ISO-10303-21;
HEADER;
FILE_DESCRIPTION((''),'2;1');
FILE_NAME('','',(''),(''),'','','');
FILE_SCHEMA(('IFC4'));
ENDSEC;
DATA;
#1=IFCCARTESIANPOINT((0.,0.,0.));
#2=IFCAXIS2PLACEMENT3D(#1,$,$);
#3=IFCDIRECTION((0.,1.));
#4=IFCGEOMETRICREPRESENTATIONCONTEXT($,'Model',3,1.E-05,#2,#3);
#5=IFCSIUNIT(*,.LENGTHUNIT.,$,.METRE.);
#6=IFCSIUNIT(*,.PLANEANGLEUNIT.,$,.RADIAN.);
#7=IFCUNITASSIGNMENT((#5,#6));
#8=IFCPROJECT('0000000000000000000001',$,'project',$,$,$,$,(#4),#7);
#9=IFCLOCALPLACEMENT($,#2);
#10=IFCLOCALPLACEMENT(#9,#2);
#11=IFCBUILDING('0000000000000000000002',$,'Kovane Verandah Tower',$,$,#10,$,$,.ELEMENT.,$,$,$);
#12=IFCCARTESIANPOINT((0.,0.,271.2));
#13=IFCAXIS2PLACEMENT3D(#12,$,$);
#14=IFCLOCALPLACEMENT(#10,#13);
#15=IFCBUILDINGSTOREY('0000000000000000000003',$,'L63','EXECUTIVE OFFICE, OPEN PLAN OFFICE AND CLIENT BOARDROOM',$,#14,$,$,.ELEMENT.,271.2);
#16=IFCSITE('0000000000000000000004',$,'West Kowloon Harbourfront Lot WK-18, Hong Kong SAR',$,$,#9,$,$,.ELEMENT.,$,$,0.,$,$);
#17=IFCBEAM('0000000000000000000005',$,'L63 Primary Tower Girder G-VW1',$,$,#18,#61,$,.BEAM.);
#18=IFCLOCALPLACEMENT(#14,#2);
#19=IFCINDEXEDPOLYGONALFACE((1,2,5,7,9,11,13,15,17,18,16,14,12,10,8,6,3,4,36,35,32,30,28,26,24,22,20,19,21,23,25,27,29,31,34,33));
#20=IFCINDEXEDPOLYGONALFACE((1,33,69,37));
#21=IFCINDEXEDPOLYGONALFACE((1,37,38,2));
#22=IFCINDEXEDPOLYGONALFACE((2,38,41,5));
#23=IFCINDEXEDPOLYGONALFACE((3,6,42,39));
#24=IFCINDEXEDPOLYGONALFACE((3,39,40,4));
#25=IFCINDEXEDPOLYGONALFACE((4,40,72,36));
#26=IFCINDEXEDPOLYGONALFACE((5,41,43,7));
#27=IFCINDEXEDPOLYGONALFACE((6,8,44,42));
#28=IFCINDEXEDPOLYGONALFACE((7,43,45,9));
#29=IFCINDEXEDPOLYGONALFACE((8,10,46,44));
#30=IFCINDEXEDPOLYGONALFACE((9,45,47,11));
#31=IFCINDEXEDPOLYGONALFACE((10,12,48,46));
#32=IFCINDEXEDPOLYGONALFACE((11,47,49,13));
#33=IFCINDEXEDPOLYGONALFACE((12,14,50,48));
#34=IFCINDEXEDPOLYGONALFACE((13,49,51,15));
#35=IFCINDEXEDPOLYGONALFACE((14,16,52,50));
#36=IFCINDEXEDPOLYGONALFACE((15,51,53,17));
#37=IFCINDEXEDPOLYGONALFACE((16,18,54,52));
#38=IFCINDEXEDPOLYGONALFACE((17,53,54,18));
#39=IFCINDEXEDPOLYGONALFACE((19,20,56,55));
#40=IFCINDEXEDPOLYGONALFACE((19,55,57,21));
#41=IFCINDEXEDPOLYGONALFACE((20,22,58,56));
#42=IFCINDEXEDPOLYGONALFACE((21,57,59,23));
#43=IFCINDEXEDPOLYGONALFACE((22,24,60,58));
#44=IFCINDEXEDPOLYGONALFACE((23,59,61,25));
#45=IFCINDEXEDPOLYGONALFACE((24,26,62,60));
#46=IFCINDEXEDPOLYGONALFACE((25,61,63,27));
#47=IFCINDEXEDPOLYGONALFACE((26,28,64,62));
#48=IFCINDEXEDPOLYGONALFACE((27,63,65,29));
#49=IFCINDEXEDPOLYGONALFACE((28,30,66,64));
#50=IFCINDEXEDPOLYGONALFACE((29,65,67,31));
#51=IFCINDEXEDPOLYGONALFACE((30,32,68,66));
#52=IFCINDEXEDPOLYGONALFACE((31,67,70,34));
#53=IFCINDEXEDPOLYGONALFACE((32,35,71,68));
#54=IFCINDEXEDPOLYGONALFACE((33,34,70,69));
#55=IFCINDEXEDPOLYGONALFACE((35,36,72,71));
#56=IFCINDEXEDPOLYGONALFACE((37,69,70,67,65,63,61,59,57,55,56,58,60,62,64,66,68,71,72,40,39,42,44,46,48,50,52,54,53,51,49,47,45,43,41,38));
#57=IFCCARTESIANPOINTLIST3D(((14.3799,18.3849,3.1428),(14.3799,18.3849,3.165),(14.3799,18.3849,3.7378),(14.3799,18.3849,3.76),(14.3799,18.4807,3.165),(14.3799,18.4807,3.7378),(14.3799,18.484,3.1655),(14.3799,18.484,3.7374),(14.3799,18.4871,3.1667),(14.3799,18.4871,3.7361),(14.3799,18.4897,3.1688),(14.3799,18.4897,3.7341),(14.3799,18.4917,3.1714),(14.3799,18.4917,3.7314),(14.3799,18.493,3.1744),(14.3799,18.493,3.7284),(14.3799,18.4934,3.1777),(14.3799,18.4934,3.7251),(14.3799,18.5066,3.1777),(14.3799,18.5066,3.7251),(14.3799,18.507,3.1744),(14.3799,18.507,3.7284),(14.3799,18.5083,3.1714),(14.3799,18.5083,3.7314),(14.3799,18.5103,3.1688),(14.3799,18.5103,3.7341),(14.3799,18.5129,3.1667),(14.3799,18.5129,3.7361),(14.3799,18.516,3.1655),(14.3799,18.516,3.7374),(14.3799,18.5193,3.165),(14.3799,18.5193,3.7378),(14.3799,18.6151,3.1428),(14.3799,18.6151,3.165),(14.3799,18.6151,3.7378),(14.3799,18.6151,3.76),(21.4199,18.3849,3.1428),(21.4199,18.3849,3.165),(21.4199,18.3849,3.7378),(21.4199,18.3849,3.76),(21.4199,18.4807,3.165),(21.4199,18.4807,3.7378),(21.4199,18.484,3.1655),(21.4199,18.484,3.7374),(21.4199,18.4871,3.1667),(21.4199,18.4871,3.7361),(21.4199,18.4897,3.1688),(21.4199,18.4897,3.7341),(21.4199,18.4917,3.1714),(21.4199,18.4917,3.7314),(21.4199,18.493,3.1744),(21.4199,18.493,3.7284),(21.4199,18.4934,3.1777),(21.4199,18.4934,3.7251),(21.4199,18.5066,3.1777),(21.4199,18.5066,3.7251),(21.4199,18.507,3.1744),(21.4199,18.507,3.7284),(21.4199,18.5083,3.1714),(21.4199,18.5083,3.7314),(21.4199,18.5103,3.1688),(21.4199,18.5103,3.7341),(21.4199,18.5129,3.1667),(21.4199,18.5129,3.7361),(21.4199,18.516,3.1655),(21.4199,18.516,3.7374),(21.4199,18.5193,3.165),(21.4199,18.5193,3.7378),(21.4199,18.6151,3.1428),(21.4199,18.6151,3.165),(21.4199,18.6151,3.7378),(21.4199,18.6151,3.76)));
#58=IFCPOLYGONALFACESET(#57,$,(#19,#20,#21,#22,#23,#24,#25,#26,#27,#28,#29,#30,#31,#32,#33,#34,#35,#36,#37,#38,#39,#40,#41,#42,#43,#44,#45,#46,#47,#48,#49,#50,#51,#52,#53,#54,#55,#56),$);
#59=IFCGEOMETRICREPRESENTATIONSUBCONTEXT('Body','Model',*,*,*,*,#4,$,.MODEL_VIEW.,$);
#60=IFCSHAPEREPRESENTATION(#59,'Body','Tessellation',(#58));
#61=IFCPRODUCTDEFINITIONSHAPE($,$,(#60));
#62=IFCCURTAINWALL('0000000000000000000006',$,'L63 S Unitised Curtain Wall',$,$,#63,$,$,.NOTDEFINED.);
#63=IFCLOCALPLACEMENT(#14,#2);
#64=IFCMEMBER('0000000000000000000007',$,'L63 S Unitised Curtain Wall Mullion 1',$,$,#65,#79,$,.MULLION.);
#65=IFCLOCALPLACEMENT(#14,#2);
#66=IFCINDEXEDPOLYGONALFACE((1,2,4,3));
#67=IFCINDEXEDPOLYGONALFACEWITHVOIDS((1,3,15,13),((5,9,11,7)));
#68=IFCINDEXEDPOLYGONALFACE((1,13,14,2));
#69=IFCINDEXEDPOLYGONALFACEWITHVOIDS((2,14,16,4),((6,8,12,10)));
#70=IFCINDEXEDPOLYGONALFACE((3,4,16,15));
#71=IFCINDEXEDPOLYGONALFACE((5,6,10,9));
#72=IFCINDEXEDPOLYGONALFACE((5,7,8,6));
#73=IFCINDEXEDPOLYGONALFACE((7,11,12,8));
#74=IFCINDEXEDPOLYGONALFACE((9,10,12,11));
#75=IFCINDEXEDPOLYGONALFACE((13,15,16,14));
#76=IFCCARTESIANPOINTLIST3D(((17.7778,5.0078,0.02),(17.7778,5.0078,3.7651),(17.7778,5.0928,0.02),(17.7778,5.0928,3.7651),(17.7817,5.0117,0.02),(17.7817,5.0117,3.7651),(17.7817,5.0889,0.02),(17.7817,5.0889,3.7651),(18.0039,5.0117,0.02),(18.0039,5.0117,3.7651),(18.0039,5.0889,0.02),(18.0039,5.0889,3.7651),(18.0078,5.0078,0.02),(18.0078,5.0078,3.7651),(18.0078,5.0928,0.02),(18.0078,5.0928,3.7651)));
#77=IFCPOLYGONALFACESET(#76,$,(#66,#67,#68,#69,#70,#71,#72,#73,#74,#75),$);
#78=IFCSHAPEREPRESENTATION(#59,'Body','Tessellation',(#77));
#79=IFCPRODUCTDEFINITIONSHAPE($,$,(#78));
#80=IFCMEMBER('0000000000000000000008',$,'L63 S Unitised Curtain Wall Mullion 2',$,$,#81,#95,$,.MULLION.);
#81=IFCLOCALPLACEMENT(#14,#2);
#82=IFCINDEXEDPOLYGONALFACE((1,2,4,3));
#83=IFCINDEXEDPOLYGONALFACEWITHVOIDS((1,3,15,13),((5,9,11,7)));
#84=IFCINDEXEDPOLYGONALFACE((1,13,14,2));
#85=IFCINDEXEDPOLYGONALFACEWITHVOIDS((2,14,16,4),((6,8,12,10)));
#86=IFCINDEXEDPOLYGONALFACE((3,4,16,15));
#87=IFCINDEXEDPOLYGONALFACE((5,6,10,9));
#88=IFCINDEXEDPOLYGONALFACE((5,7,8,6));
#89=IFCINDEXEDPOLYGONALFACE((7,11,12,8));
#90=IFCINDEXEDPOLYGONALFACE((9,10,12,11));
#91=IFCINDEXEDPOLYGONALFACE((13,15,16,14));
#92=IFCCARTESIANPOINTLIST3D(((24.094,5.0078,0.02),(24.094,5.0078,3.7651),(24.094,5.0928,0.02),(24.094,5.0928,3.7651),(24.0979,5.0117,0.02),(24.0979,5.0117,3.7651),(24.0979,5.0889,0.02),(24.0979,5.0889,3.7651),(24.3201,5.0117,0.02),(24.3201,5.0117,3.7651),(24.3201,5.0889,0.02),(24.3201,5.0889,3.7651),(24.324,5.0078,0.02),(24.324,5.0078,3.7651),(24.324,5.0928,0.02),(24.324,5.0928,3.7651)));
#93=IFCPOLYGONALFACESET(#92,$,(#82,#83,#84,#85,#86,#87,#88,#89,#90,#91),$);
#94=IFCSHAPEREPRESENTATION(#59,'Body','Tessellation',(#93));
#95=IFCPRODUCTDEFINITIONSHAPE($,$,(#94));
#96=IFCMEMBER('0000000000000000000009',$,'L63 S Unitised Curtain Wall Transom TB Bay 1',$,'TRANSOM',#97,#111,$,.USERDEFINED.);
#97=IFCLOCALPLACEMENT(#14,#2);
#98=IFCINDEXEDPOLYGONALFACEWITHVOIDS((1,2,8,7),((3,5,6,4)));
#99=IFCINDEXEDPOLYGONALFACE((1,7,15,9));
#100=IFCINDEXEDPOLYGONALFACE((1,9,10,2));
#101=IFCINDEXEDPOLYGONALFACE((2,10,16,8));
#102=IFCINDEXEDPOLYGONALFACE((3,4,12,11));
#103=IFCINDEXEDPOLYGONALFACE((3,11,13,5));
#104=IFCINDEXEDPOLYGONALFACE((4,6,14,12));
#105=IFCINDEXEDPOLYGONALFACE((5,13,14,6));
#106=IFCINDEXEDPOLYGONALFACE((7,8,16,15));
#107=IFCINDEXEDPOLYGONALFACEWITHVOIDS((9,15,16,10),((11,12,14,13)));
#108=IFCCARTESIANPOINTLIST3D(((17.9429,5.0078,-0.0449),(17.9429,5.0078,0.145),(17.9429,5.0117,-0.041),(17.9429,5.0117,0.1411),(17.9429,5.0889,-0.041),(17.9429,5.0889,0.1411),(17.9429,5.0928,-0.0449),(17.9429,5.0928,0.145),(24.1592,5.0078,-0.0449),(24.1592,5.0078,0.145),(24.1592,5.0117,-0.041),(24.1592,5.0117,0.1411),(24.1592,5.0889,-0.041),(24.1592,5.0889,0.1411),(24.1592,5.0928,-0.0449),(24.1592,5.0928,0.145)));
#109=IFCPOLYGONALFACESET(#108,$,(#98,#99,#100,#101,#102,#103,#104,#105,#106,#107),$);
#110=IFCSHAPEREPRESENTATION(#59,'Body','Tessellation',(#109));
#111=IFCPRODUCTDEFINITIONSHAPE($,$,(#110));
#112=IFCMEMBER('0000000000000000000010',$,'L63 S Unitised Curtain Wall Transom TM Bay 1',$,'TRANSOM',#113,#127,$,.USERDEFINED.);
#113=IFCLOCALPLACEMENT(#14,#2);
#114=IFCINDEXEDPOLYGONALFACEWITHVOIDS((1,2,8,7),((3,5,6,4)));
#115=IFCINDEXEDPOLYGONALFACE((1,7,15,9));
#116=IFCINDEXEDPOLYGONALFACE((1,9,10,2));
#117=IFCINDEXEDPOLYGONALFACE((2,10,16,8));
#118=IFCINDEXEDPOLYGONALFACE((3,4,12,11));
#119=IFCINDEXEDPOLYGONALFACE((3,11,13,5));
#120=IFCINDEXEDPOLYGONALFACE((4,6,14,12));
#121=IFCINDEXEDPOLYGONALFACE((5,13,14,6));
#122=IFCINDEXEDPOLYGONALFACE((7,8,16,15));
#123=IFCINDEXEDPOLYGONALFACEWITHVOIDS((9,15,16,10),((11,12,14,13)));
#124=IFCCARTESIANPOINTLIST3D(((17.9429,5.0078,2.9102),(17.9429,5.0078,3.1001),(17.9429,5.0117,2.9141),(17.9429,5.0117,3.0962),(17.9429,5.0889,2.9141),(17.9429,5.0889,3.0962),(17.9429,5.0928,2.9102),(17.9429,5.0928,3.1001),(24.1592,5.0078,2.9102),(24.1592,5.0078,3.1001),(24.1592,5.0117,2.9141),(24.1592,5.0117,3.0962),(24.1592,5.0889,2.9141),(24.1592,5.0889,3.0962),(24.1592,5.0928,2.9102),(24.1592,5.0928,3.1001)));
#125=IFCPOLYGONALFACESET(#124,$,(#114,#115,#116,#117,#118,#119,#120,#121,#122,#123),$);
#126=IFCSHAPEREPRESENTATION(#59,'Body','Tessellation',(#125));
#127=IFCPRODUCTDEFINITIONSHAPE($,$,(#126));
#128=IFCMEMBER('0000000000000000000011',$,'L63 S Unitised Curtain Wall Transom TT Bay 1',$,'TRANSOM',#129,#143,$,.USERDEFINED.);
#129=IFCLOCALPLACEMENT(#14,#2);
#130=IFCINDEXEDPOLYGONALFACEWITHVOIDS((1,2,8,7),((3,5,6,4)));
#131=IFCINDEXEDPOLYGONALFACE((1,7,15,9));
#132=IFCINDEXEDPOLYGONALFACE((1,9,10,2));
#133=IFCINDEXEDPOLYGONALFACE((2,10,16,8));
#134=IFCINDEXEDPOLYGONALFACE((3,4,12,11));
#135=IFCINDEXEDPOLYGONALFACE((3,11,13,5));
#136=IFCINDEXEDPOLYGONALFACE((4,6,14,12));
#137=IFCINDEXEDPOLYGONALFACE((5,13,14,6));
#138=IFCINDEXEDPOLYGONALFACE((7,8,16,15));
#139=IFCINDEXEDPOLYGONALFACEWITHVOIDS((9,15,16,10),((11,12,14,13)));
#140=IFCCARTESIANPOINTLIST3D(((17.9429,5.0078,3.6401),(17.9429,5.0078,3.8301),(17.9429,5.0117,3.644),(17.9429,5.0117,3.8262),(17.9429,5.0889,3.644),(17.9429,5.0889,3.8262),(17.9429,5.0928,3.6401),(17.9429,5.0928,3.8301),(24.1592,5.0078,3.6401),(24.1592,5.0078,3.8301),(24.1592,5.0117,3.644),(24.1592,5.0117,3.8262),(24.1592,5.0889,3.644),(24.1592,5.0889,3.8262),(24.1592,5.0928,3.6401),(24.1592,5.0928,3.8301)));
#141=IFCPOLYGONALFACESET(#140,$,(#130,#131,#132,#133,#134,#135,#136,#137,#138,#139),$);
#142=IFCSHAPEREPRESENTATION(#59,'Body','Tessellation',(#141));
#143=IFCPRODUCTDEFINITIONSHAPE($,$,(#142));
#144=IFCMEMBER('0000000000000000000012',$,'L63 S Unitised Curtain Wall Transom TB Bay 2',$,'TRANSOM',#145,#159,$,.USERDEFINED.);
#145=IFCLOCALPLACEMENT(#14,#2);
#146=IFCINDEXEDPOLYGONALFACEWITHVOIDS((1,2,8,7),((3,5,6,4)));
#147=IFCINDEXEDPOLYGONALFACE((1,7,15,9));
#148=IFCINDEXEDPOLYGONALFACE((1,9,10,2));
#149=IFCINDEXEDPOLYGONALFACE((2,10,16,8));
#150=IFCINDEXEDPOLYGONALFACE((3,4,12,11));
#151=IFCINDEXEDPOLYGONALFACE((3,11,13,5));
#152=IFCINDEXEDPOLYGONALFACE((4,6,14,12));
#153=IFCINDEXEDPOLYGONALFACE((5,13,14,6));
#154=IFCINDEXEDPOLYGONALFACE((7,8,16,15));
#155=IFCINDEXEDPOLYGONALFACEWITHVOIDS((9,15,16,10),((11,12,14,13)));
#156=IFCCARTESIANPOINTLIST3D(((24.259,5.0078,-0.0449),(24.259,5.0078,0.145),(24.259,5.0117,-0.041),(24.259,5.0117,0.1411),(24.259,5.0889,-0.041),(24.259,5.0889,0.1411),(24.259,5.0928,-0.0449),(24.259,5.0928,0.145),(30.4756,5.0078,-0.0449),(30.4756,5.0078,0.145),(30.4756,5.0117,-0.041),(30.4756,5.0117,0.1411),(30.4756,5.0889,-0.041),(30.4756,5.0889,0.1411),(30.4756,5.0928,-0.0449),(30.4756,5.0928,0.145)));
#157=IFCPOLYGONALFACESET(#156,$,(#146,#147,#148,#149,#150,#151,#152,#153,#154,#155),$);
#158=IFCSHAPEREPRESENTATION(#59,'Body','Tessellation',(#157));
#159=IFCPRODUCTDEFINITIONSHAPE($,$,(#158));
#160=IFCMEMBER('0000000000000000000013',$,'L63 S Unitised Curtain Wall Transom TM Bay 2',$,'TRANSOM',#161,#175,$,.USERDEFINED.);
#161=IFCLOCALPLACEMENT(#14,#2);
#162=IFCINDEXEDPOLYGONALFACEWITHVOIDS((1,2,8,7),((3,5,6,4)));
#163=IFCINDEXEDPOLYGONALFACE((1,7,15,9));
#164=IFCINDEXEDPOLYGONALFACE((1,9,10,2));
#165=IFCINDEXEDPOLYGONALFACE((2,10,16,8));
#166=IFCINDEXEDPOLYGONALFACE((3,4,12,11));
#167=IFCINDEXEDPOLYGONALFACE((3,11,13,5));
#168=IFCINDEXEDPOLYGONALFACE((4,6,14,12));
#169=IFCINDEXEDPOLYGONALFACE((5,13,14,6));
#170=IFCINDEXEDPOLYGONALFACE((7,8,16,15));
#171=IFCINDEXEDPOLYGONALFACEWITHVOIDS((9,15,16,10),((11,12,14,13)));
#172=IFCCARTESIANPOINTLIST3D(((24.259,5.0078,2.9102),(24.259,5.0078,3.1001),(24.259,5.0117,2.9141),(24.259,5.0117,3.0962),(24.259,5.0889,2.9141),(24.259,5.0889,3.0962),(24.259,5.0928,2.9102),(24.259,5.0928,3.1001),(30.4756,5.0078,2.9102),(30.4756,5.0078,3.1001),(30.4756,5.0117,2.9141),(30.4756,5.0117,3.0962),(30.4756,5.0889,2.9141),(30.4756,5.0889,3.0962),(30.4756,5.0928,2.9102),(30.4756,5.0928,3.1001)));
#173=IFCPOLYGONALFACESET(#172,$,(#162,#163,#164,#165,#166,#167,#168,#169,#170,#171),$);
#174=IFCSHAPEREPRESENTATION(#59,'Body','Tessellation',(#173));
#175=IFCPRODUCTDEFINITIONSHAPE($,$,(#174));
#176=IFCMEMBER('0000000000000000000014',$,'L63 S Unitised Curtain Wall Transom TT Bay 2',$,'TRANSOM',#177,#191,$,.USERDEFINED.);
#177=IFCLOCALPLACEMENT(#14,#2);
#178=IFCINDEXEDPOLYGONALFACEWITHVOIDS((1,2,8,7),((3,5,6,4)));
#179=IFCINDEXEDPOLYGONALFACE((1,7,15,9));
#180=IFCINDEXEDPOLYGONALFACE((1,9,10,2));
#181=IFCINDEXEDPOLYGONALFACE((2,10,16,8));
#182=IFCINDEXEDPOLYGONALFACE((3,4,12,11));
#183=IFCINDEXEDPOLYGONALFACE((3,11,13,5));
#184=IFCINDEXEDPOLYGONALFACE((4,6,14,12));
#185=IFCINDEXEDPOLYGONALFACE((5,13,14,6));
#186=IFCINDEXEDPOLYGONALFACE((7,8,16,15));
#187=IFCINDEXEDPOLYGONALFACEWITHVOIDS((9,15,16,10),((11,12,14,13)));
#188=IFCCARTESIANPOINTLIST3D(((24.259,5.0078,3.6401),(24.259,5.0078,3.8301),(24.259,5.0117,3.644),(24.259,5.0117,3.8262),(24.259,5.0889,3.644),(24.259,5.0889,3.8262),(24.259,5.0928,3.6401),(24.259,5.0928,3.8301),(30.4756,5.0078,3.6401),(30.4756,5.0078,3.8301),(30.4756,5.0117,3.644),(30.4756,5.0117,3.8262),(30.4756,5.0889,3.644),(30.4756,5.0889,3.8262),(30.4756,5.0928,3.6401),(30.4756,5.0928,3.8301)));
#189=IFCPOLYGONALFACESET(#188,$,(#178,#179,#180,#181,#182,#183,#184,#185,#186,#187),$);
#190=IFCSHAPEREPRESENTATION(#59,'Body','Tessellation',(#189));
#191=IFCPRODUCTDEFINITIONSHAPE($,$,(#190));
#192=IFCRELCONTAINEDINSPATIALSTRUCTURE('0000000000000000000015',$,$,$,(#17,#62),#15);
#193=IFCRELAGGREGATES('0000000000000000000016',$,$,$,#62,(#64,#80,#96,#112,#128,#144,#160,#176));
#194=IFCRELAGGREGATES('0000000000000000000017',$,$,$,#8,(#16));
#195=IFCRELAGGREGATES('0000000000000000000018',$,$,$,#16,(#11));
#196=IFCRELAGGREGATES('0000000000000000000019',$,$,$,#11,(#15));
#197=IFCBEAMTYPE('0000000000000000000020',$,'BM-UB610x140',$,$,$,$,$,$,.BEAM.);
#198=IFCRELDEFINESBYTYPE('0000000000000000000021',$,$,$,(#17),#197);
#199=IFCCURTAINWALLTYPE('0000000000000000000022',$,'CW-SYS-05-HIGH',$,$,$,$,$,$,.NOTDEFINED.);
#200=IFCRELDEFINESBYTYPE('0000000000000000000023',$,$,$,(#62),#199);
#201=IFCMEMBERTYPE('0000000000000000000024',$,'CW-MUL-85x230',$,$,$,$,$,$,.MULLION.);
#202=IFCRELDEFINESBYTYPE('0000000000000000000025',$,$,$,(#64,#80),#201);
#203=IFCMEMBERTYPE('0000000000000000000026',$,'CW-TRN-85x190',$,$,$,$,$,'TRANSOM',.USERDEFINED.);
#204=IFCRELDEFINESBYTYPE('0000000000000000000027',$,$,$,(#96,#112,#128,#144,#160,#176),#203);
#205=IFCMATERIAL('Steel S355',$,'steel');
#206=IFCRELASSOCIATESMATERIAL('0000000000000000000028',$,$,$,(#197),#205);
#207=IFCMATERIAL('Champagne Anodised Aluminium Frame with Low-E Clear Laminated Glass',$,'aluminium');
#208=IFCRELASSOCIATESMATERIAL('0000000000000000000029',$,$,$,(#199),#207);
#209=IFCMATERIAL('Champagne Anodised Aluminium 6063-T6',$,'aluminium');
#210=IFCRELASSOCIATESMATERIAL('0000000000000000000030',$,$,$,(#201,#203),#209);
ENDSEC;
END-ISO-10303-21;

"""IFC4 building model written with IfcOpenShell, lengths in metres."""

from ifc_helpers import new_model, si_unit, direction, frame, origin, origin_2d, place, context, subcontext, project, spatial, hollow_rectangle, i_section, extrude, material, material_profile, profile_set, type_object, element, aggregate, save


model = new_model("IFC4")

# Units and contexts
model_context = context("Model", 3, precision=1e-05, world=origin(), true_north=direction((0.0, 1.0)))
body_context = subcontext(model_context, "Body", "Model", "MODEL_VIEW")
ifc_project = project(units=[si_unit("LENGTHUNIT", "METRE"), si_unit("PLANEANGLEUNIT", "RADIAN")], contexts=[model_context])

# Site, building, storey
site_placement = place(None, origin())
site = spatial("IfcSite", under=ifc_project, at=site_placement, Name="West Kowloon Harbourfront Lot WK-18, Hong Kong SAR", CompositionType="ELEMENT", RefElevation=0.0)
building_placement = place(site_placement, origin())
building = spatial("IfcBuilding", under=site, at=building_placement, Name="Kovane Verandah Tower", CompositionType="ELEMENT")
storey_placement = place(building_placement, frame((0.0, 0.0, 271.2)))
storey = spatial("IfcBuildingStorey", under=building, at=storey_placement, Name="L63", Description="EXECUTIVE OFFICE, OPEN PLAN OFFICE AND CLIENT BOARDROOM", CompositionType="ELEMENT", Elevation=271.2)

# Beam
ifc_material_1 = material(Name="Steel S355", Category="steel")
ifc_material_profile_1 = material_profile(ifc_material_1, i_section(OverallWidth=0.2302, OverallDepth=0.6172, WebThickness=0.0132, FlangeThickness=0.0222, FilletRadius=0.0127, at=origin_2d()), Name="UB610x229x140")
ifc_profile_set_1 = profile_set([ifc_material_profile_1], Name="Steel S355")
beam_type_1 = type_object("IfcBeamType", Name="BM-UB610x140", PredefinedType="BEAM", material=ifc_profile_set_1)
beam_1_placement = place(storey_placement, frame((21.4199, 18.5, 3.4514), z_axis=(-1.0, 0.0, 0.0), x_axis=(0.0, -1.0, 0.0)))
element("IfcBeam", 1, at=beam_1_placement, inside=storey, type_object=beam_type_1, Name="L63 Primary Tower Girder G-VW1", PredefinedType="BEAM", context=body_context, shape_type="SweptSolid", body=[
    extrude(i_section(OverallWidth=0.2302, OverallDepth=0.6172, WebThickness=0.0132, FlangeThickness=0.0222, FilletRadius=0.0127, at=origin_2d()), origin(), (0.0, 0.0, 1.0), 7.04),
])

# Curtain wall, members
ifc_material_2 = material(Name="Champagne Anodised Aluminium Frame with Low-E Clear Laminated Glass", Category="aluminium")
curtain_wall_type = type_object("IfcCurtainWallType", Name="CW-SYS-05-HIGH", PredefinedType="NOTDEFINED", material=ifc_material_2)
curtain_wall_placement = place(storey_placement, origin())
curtain_wall = element("IfcCurtainWall", 2, at=curtain_wall_placement, inside=storey, type_object=curtain_wall_type, Name="L63 S Unitised Curtain Wall", PredefinedType="NOTDEFINED")
ifc_material_3 = material(Name="Champagne Anodised Aluminium 6063-T6", Category="aluminium")
ifc_material_profile_2 = material_profile(ifc_material_3, hollow_rectangle(XDim=0.085, YDim=0.23, WallThickness=0.0039, at=origin_2d()), Name="AL85x230x4")
ifc_profile_set_2 = profile_set([ifc_material_profile_2], Name="Champagne Anodised Aluminium 6063-T6")
member_type_1 = type_object("IfcMemberType", Name="CW-MUL-85x230", PredefinedType="MULLION", material=ifc_profile_set_2)
member_1_placement = place(storey_placement, frame((17.8928, 5.0503, 0.02), z_axis=(0.0, 0.0, 1.0), x_axis=(0.0, -1.0, 0.0)))
member_1 = element("IfcMember", 3, at=member_1_placement, type_object=member_type_1, Name="L63 S Unitised Curtain Wall Mullion 1", PredefinedType="MULLION", context=body_context, shape_type="SweptSolid", body=[
    extrude(hollow_rectangle(XDim=0.085, YDim=0.23, WallThickness=0.0039, at=origin_2d()), origin(), (0.0, 0.0, 1.0), 3.7451),
])
member_2_placement = place(storey_placement, frame((24.209, 5.0503, 0.02), z_axis=(0.0, 0.0, 1.0), x_axis=(0.0, -1.0, 0.0)))
member_2 = element("IfcMember", 4, at=member_2_placement, type_object=member_type_1, Name="L63 S Unitised Curtain Wall Mullion 2", PredefinedType="MULLION", context=body_context, shape_type="SweptSolid", body=[
    extrude(hollow_rectangle(XDim=0.085, YDim=0.23, WallThickness=0.0039, at=origin_2d()), origin(), (0.0, 0.0, 1.0), 3.7451),
])
ifc_material_profile_3 = material_profile(ifc_material_3, hollow_rectangle(XDim=0.085, YDim=0.1899, WallThickness=0.0039, at=origin_2d()), Name="AL85x190x4")
ifc_profile_set_3 = profile_set([ifc_material_profile_3], Name="Champagne Anodised Aluminium 6063-T6")
member_type_2 = type_object("IfcMemberType", Name="CW-TRN-85x190", ElementType="TRANSOM", PredefinedType="USERDEFINED", material=ifc_profile_set_3)
member_3_placement = place(storey_placement, frame((17.9429, 5.0503, 0.05), z_axis=(1.0, 0.0, 0.0), x_axis=(0.0, 1.0, 0.0)))
member_3 = element("IfcMember", 5, at=member_3_placement, type_object=member_type_2, Name="L63 S Unitised Curtain Wall Transom TB Bay 1", ObjectType="TRANSOM", PredefinedType="USERDEFINED", context=body_context, shape_type="SweptSolid", body=[
    extrude(hollow_rectangle(XDim=0.085, YDim=0.1899, WallThickness=0.0039, at=origin_2d()), origin(), (0.0, 0.0, 1.0), 6.2163),
])
member_4_placement = place(storey_placement, frame((17.9429, 5.0503, 3.0051), z_axis=(1.0, 0.0, 0.0), x_axis=(0.0, 1.0, 0.0)))
member_4 = element("IfcMember", 6, at=member_4_placement, type_object=member_type_2, Name="L63 S Unitised Curtain Wall Transom TM Bay 1", ObjectType="TRANSOM", PredefinedType="USERDEFINED", context=body_context, shape_type="SweptSolid", body=[
    extrude(hollow_rectangle(XDim=0.085, YDim=0.1899, WallThickness=0.0039, at=origin_2d()), origin(), (0.0, 0.0, 1.0), 6.2163),
])
member_5_placement = place(storey_placement, frame((17.9429, 5.0503, 3.7351), z_axis=(1.0, 0.0, 0.0), x_axis=(0.0, 1.0, 0.0)))
member_5 = element("IfcMember", 7, at=member_5_placement, type_object=member_type_2, Name="L63 S Unitised Curtain Wall Transom TT Bay 1", ObjectType="TRANSOM", PredefinedType="USERDEFINED", context=body_context, shape_type="SweptSolid", body=[
    extrude(hollow_rectangle(XDim=0.085, YDim=0.1899, WallThickness=0.0039, at=origin_2d()), origin(), (0.0, 0.0, 1.0), 6.2163),
])
member_6_placement = place(storey_placement, frame((24.259, 5.0503, 0.05), z_axis=(1.0, 0.0, 0.0), x_axis=(0.0, 1.0, 0.0)))
member_6 = element("IfcMember", 8, at=member_6_placement, type_object=member_type_2, Name="L63 S Unitised Curtain Wall Transom TB Bay 2", ObjectType="TRANSOM", PredefinedType="USERDEFINED", context=body_context, shape_type="SweptSolid", body=[
    extrude(hollow_rectangle(XDim=0.085, YDim=0.1899, WallThickness=0.0039, at=origin_2d()), origin(), (0.0, 0.0, 1.0), 6.2166),
])
member_7_placement = place(storey_placement, frame((24.259, 5.0503, 3.0051), z_axis=(1.0, 0.0, 0.0), x_axis=(0.0, 1.0, 0.0)))
member_7 = element("IfcMember", 9, at=member_7_placement, type_object=member_type_2, Name="L63 S Unitised Curtain Wall Transom TM Bay 2", ObjectType="TRANSOM", PredefinedType="USERDEFINED", context=body_context, shape_type="SweptSolid", body=[
    extrude(hollow_rectangle(XDim=0.085, YDim=0.1899, WallThickness=0.0039, at=origin_2d()), origin(), (0.0, 0.0, 1.0), 6.2166),
])
member_8_placement = place(storey_placement, frame((24.259, 5.0503, 3.7351), z_axis=(1.0, 0.0, 0.0), x_axis=(0.0, 1.0, 0.0)))
member_8 = element("IfcMember", 10, at=member_8_placement, type_object=member_type_2, Name="L63 S Unitised Curtain Wall Transom TT Bay 2", ObjectType="TRANSOM", PredefinedType="USERDEFINED", context=body_context, shape_type="SweptSolid", body=[
    extrude(hollow_rectangle(XDim=0.085, YDim=0.1899, WallThickness=0.0039, at=origin_2d()), origin(), (0.0, 0.0, 1.0), 6.2166),
])

aggregate(curtain_wall, [member_1, member_2, member_3, member_4, member_5, member_6, member_7, member_8])

save(model, "model.ifc")
